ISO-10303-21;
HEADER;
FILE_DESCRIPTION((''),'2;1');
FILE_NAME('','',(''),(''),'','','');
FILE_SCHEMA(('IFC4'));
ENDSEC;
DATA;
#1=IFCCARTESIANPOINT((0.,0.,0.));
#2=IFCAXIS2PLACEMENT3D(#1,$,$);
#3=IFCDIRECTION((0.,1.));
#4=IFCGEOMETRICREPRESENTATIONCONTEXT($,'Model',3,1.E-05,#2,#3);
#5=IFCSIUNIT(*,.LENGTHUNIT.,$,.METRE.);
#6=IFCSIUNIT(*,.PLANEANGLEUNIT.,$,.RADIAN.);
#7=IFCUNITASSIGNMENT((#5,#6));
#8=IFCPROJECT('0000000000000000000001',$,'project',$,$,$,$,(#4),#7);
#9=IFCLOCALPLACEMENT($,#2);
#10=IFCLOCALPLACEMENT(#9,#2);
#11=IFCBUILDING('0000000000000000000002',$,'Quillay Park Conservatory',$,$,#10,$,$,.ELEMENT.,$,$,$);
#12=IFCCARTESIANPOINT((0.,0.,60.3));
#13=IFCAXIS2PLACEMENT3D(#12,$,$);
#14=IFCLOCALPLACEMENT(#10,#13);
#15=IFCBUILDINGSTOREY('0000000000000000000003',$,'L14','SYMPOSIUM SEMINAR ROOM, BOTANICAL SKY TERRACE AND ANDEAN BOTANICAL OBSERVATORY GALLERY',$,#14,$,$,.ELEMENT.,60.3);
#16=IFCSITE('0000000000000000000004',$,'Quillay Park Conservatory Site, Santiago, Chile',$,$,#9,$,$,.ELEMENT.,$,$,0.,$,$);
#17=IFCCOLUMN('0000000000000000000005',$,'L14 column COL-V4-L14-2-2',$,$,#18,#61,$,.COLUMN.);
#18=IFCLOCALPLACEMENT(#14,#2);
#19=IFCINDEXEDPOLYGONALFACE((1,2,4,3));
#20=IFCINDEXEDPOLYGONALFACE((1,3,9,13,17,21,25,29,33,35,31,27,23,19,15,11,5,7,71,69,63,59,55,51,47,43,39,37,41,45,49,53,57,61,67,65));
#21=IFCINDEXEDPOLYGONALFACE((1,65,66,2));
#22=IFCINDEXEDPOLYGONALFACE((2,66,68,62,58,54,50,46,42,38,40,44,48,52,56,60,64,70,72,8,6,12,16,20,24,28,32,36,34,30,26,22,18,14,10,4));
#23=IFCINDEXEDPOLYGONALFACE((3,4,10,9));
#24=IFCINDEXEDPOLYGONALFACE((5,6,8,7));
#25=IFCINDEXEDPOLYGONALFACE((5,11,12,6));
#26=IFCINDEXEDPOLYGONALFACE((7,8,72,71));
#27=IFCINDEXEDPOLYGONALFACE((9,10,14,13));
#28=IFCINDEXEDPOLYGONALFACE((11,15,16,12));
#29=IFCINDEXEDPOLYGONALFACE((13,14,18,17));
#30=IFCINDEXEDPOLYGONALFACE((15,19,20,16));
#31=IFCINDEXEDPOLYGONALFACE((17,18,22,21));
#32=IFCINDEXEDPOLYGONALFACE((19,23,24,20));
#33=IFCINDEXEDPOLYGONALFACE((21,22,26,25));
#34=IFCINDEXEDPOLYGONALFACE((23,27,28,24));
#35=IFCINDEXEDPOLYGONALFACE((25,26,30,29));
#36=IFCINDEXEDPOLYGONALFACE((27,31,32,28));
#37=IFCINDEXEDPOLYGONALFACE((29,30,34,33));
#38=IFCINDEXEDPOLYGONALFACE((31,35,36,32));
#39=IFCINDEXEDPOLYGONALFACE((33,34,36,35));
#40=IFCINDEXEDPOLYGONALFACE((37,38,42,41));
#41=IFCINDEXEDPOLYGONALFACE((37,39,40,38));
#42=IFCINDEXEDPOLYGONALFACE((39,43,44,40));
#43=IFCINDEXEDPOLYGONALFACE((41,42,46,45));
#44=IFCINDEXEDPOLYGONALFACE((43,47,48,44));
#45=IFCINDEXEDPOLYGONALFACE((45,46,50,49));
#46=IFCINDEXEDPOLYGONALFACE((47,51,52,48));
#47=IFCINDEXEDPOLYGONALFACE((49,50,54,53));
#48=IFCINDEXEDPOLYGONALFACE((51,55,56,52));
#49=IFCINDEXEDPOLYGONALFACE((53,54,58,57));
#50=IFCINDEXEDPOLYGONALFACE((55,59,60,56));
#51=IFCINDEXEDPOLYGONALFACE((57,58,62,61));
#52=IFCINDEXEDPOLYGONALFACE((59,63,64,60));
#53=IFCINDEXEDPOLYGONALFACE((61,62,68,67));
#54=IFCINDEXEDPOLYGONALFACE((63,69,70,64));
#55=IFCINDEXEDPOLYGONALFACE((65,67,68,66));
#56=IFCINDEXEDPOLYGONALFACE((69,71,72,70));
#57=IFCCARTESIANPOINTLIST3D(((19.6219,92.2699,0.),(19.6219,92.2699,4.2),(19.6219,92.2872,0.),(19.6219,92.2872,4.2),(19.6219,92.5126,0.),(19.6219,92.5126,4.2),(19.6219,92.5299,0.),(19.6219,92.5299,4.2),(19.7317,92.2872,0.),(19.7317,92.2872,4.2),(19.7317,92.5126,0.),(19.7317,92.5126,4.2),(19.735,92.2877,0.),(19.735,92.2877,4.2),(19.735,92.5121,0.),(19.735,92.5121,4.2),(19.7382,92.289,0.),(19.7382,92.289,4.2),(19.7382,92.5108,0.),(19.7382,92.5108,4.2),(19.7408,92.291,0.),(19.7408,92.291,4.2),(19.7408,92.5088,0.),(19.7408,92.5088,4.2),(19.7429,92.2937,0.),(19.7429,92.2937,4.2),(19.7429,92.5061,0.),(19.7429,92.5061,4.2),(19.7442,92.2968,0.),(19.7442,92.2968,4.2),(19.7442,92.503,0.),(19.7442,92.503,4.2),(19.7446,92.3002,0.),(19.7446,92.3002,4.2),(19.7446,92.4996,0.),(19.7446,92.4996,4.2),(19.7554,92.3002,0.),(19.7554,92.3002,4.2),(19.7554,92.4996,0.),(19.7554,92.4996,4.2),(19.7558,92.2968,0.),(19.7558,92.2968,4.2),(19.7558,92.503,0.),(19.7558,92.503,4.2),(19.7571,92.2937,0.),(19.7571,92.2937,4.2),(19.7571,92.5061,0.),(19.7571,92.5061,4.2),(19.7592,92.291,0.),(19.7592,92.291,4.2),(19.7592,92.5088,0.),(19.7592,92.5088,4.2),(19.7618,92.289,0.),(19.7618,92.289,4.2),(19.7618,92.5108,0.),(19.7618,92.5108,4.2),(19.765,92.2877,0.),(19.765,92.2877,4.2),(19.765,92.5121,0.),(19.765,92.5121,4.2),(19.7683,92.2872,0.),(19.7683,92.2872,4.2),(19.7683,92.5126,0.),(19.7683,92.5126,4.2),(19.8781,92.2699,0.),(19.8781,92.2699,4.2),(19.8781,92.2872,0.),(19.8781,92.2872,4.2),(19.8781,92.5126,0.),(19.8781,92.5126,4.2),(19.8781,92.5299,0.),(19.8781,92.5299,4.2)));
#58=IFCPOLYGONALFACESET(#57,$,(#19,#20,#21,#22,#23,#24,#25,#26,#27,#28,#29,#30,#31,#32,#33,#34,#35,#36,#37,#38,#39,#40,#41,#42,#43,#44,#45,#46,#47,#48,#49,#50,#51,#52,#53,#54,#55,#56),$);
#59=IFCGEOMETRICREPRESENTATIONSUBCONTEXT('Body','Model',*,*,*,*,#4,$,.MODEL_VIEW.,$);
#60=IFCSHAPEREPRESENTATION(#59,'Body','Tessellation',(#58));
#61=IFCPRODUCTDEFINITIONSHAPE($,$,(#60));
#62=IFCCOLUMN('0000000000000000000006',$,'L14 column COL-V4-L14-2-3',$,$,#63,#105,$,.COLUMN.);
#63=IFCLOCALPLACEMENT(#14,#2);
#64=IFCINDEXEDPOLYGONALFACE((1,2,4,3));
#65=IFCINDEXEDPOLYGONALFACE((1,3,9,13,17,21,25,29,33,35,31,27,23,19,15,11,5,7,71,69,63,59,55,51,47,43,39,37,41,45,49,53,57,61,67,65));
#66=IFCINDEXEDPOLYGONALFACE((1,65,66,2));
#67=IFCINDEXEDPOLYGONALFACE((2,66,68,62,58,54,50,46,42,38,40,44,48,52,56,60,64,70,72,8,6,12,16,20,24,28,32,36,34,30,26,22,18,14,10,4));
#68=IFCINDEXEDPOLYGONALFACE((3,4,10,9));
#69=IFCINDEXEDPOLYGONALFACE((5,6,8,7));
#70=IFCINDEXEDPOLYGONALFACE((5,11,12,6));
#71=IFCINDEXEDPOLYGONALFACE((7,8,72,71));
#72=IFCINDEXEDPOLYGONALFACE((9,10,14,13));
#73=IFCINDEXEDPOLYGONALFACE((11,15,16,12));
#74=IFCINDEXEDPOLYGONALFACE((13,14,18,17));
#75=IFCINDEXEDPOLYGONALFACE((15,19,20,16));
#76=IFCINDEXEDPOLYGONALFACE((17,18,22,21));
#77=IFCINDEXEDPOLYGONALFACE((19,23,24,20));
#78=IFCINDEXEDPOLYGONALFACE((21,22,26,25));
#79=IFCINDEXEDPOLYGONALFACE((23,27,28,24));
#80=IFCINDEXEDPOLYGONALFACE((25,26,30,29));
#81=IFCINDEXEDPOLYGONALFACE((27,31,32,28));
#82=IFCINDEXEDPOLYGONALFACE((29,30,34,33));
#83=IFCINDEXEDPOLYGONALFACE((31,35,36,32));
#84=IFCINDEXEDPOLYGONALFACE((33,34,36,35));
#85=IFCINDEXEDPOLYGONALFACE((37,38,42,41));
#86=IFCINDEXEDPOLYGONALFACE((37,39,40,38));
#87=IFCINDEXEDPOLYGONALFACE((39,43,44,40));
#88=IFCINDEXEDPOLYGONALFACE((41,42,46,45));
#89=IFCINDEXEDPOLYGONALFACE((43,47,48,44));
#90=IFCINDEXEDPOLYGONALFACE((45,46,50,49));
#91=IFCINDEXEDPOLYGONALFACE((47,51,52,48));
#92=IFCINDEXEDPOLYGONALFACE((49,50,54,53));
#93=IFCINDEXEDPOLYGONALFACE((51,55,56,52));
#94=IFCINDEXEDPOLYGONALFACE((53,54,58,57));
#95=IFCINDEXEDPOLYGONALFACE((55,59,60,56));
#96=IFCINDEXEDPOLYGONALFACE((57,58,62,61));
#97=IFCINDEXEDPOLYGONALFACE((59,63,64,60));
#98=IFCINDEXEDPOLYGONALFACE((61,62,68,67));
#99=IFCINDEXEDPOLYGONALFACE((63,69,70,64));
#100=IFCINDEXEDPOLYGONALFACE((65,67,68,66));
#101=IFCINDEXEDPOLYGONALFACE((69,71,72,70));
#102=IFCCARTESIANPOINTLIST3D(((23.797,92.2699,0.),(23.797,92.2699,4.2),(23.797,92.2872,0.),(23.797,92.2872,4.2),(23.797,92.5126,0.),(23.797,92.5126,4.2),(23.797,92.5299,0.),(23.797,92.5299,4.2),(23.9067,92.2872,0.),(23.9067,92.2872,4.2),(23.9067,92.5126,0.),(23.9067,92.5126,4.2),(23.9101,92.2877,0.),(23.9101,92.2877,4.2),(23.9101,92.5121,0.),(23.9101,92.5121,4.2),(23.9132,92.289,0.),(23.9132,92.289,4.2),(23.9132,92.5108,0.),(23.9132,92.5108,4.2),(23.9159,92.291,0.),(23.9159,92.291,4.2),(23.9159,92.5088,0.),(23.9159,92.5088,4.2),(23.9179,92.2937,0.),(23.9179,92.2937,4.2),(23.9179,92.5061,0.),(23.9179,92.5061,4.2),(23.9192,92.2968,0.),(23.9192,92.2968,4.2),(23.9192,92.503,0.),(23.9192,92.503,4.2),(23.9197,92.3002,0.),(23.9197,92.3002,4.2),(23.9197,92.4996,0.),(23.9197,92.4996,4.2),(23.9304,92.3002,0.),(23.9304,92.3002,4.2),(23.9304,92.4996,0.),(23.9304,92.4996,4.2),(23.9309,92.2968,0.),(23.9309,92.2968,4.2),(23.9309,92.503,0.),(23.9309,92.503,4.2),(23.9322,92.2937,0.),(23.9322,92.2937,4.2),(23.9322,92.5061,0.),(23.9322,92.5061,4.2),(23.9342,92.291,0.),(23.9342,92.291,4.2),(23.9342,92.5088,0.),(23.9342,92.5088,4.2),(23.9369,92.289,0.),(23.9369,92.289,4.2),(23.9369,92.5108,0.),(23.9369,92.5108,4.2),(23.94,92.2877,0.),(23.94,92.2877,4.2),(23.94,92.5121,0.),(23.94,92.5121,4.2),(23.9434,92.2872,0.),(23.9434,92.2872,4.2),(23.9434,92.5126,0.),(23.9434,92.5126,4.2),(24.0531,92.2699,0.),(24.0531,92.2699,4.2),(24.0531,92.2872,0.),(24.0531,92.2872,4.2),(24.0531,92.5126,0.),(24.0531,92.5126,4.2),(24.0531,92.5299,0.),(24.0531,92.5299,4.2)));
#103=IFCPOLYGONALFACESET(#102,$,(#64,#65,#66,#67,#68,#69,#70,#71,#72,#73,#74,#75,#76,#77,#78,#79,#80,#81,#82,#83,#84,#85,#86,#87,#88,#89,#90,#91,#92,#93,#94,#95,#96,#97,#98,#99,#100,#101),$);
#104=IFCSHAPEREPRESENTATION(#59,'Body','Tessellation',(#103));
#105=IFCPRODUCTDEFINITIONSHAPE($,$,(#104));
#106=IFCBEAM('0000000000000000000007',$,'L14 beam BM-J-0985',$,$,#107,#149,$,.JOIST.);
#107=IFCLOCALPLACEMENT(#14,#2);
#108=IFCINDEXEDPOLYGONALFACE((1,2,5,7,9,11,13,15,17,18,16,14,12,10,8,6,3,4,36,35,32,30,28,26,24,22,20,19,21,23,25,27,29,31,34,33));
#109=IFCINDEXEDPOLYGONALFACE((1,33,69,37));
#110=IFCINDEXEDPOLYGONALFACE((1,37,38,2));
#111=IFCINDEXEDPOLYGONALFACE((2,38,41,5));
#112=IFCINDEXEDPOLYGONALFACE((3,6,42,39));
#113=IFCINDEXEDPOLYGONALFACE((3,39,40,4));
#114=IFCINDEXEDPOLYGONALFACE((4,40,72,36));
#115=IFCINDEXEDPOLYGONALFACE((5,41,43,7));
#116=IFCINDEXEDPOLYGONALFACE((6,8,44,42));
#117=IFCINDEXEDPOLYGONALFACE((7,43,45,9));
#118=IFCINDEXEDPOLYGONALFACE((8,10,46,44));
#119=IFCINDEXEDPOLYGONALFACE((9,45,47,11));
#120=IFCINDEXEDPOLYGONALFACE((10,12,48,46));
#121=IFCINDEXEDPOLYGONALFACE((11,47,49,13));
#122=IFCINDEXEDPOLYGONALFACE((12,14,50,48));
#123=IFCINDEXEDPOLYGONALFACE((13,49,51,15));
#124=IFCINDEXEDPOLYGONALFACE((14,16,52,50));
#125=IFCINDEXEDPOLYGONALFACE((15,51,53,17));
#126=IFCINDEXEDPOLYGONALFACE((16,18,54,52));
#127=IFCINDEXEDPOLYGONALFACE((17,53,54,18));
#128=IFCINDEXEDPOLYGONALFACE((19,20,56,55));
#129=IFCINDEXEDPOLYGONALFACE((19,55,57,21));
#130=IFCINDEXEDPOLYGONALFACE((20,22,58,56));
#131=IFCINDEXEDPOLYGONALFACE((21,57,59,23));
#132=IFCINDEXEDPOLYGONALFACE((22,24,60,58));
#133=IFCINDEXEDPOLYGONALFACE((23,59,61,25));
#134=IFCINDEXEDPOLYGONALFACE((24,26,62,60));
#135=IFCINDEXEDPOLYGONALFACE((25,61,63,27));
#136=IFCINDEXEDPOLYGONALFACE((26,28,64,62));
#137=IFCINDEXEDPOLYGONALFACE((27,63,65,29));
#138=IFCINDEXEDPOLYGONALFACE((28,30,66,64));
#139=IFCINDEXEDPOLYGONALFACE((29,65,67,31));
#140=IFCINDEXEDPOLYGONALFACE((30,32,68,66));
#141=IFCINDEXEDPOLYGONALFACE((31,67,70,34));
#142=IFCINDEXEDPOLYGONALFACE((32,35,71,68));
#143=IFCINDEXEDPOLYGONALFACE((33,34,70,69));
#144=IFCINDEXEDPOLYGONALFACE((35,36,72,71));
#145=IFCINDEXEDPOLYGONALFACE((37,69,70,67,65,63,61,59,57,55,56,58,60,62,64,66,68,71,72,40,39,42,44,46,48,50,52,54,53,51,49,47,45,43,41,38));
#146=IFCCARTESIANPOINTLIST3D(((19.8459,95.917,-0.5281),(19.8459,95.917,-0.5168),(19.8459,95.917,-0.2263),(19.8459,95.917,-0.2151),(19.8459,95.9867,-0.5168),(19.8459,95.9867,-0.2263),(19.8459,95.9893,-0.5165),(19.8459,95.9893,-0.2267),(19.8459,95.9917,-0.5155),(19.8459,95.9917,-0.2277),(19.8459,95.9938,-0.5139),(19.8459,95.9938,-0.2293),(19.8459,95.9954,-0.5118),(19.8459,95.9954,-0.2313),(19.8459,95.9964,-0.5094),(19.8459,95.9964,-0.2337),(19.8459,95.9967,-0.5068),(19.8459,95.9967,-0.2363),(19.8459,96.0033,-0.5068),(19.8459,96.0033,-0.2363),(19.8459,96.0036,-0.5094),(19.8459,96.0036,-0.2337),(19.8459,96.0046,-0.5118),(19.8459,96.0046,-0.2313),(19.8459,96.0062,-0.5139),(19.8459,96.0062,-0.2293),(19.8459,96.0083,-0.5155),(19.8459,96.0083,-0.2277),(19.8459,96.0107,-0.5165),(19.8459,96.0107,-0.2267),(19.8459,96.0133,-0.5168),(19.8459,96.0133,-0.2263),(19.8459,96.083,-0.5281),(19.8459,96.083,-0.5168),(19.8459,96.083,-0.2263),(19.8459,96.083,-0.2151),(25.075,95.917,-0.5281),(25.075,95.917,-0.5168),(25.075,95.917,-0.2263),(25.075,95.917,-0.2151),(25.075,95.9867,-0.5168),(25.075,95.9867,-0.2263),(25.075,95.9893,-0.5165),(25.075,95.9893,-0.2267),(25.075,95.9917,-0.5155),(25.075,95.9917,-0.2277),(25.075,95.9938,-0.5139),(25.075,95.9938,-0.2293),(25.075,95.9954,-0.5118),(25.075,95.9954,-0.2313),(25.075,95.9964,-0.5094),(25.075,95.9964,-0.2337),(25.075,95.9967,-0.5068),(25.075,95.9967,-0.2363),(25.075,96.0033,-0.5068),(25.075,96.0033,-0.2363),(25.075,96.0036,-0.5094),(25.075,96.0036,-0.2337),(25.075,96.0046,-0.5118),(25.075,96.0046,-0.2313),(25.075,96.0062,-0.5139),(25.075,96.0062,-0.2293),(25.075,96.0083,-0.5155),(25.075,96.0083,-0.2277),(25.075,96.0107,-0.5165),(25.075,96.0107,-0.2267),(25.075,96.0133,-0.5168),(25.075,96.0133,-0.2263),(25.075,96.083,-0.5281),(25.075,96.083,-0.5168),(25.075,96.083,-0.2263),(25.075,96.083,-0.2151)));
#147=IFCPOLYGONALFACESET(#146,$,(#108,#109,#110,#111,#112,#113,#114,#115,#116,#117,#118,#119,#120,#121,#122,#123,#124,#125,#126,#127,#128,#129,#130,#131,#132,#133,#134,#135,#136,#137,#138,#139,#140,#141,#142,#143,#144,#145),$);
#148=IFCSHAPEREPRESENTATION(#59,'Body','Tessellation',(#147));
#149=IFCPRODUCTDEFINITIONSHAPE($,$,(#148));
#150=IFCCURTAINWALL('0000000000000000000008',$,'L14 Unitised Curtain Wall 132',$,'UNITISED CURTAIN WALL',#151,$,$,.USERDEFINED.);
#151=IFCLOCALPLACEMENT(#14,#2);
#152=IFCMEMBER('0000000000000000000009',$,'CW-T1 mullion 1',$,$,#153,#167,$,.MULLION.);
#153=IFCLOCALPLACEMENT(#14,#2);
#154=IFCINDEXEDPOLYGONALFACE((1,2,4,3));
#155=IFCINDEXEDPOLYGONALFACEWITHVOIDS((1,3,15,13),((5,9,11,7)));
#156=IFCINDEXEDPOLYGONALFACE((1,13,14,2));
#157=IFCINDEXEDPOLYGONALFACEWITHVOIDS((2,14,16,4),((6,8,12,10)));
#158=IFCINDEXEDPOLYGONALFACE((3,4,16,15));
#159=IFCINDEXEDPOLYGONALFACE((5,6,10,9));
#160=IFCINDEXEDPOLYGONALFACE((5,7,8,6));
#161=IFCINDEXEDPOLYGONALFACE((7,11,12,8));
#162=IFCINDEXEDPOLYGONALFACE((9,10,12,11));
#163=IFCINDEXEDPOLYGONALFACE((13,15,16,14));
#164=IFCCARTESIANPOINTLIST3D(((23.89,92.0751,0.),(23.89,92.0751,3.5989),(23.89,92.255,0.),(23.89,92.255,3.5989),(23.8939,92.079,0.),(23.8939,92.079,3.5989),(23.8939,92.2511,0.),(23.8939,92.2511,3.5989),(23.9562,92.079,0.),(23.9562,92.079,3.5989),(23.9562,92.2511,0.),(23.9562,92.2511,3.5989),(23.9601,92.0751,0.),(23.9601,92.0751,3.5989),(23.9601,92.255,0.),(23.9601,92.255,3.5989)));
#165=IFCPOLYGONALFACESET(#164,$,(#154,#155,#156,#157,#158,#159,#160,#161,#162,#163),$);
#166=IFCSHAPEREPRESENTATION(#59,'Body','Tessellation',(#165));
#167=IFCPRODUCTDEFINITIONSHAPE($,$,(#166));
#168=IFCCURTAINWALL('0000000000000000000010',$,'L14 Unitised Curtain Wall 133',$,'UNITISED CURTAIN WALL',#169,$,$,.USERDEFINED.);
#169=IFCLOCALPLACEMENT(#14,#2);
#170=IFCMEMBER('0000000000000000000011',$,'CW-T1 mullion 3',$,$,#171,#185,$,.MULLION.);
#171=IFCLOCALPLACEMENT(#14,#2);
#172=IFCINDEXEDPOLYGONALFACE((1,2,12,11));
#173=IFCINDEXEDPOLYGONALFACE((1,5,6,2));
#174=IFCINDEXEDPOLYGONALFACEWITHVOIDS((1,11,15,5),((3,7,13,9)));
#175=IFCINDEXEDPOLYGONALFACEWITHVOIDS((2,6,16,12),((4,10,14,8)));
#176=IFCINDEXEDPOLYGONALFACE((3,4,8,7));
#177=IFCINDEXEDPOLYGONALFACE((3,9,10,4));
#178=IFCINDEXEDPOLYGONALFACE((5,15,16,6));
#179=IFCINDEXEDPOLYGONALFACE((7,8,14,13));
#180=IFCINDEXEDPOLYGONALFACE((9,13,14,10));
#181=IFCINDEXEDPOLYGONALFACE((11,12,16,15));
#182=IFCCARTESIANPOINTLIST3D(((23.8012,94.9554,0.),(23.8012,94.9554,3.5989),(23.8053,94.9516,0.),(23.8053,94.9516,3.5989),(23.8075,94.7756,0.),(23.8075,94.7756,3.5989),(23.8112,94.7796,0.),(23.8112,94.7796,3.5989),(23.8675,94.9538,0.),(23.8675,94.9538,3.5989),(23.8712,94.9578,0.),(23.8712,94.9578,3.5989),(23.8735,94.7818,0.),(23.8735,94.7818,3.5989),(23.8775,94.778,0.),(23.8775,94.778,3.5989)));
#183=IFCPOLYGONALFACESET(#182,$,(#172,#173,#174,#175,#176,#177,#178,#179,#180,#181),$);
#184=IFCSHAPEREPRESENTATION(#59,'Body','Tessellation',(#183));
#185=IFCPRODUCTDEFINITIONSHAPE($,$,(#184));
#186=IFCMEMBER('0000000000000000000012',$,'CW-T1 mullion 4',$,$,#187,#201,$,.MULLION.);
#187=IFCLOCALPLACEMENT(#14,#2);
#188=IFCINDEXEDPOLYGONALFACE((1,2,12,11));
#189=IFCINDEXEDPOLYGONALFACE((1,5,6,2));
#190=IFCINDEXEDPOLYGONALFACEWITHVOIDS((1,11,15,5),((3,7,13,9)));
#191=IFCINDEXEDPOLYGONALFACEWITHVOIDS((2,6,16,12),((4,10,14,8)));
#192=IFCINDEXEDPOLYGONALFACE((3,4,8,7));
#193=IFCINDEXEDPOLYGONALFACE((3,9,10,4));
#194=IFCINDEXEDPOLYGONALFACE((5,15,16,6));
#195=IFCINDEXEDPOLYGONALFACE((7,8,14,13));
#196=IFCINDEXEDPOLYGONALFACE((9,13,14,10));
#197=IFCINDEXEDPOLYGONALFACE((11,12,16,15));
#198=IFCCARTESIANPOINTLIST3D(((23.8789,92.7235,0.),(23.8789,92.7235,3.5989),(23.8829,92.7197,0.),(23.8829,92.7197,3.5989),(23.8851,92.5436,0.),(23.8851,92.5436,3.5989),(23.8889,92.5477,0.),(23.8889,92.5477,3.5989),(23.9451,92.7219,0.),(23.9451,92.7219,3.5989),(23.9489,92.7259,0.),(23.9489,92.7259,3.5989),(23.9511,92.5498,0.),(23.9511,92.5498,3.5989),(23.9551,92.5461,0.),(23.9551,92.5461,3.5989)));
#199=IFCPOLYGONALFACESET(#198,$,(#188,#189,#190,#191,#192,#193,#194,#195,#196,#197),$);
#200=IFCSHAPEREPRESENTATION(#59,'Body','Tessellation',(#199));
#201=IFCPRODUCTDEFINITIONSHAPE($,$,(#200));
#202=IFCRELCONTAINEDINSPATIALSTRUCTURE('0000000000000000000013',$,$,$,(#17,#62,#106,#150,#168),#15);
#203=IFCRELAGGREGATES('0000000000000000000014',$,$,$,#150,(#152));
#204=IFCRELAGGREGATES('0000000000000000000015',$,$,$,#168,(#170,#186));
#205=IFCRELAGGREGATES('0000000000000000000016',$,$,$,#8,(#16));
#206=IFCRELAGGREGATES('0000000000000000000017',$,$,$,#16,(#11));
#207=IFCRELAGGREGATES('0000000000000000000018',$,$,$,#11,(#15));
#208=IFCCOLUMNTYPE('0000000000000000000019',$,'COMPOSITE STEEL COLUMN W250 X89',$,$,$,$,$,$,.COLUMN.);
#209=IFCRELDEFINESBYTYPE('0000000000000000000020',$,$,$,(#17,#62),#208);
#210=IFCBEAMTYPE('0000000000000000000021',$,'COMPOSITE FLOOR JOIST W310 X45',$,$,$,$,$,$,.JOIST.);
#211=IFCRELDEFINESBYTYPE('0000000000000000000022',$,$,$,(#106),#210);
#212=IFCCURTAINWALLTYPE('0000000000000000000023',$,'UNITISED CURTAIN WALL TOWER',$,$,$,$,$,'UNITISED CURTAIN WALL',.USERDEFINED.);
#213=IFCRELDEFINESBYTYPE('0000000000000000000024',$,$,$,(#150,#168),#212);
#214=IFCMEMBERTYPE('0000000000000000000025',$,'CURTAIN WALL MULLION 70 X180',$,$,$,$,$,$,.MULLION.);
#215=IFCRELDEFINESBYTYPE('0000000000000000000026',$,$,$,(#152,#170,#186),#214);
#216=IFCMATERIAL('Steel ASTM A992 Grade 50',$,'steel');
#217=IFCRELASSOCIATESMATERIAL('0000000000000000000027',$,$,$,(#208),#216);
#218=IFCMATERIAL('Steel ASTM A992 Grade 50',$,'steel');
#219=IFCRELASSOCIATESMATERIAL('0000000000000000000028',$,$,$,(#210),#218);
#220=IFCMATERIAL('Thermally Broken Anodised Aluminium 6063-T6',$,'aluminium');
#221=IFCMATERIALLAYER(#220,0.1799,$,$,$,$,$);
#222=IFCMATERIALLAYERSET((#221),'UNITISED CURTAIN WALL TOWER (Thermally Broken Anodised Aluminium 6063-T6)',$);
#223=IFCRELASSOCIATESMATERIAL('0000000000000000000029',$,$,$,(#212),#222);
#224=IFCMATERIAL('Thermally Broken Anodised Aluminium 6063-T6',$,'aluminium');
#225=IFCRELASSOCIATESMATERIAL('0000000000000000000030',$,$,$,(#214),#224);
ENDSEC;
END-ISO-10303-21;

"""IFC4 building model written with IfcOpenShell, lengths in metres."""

from ifc_helpers import new_model, si_unit, direction, frame, origin, origin_2d, place, context, subcontext, project, spatial, hollow_rectangle, i_section, extrude, material, layer, layer_set, material_profile, profile_set, type_object, element, aggregate, save


model = new_model("IFC4")

# Units and contexts
model_context = context("Model", 3, precision=1e-05, world=origin(), true_north=direction((0.0, 1.0)))
body_context = subcontext(model_context, "Body", "Model", "MODEL_VIEW")
ifc_project = project(units=[si_unit("LENGTHUNIT", "METRE"), si_unit("PLANEANGLEUNIT", "RADIAN")], contexts=[model_context])

# Site, building, storey
site_placement = place(None, origin())
site = spatial("IfcSite", under=ifc_project, at=site_placement, Name="Quillay Park Conservatory Site, Santiago, Chile", CompositionType="ELEMENT", RefElevation=0.0)
building_placement = place(site_placement, origin())
building = spatial("IfcBuilding", under=site, at=building_placement, Name="Quillay Park Conservatory", CompositionType="ELEMENT")
storey_placement = place(building_placement, frame((0.0, 0.0, 60.3)))
storey = spatial("IfcBuildingStorey", under=building, at=storey_placement, Name="L14", Description="SYMPOSIUM SEMINAR ROOM, BOTANICAL SKY TERRACE AND ANDEAN BOTANICAL OBSERVATORY GALLERY", CompositionType="ELEMENT", Elevation=60.3)

# Columns
ifc_material_1 = material(Name="Steel ASTM A992 Grade 50", Category="steel")
ifc_material_profile_1 = material_profile(ifc_material_1, i_section(OverallWidth=0.2561, OverallDepth=0.26, WebThickness=0.0107, FlangeThickness=0.0173, FilletRadius=0.0129, at=origin_2d()), Name="W250x89")
ifc_profile_set_1 = profile_set([ifc_material_profile_1], Name="Steel ASTM A992 Grade 50")
column_type = type_object("IfcColumnType", Name="COMPOSITE STEEL COLUMN W250 X89", PredefinedType="COLUMN", material=ifc_profile_set_1)
for number, where, z_axis, x_axis, name in (
    (1, (19.75, 92.3999, 0.0), (0.0, 0.0, 1.0), (1.0, 0.0, 0.0), "L14 column COL-V4-L14-2-2"),
    (2, (23.925, 92.3999, 0.0), (0.0, 0.0, 1.0), (1.0, 0.0, 0.0), "L14 column COL-V4-L14-2-3"),
):
    element("IfcColumn", number, at=place(storey_placement, frame(where, z_axis=z_axis, x_axis=x_axis)), inside=storey, type_object=column_type, Name=name, PredefinedType="COLUMN", context=body_context, shape_type="SweptSolid", body=[
        extrude(i_section(OverallWidth=0.2561, OverallDepth=0.26, WebThickness=0.0107, FlangeThickness=0.0173, FilletRadius=0.0129, at=origin_2d()), origin(), (0.0, 0.0, 1.0), 4.2),
    ])

# Beam
ifc_material_2 = material(Name="Steel ASTM A992 Grade 50", Category="steel")
ifc_material_profile_2 = material_profile(ifc_material_2, i_section(OverallWidth=0.166, OverallDepth=0.313, WebThickness=0.0066, FlangeThickness=0.0112, FilletRadius=0.01, at=origin_2d()), Name="W310x45")
ifc_profile_set_2 = profile_set([ifc_material_profile_2], Name="Steel ASTM A992 Grade 50")
beam_type_1 = type_object("IfcBeamType", Name="COMPOSITE FLOOR JOIST W310 X45", PredefinedType="JOIST", material=ifc_profile_set_2)
beam_1_placement = place(storey_placement, frame((19.8459, 96.0, -0.3716), z_axis=(1.0, 0.0, 0.0), x_axis=(0.0, 1.0, 0.0)))
element("IfcBeam", 3, at=beam_1_placement, inside=storey, type_object=beam_type_1, Name="L14 beam BM-J-0985", PredefinedType="JOIST", context=body_context, shape_type="SweptSolid", body=[
    extrude(i_section(OverallWidth=0.166, OverallDepth=0.313, WebThickness=0.0066, FlangeThickness=0.0112, FilletRadius=0.01, at=origin_2d()), origin(), (0.0, 0.0, 1.0), 5.229),
])

# Curtain wall, member
ifc_material_3 = material(Name="Thermally Broken Anodised Aluminium 6063-T6", Category="aluminium")
ifc_layer_1 = layer(ifc_material_3, 0.1799)
ifc_layer_set_1 = layer_set([ifc_layer_1], Name="UNITISED CURTAIN WALL TOWER (Thermally Broken Anodised Aluminium 6063-T6)")
curtain_wall_type = type_object("IfcCurtainWallType", Name="UNITISED CURTAIN WALL TOWER", ElementType="UNITISED CURTAIN WALL", PredefinedType="USERDEFINED", material=ifc_layer_set_1)
curtain_wall_1_placement = place(storey_placement, origin())
curtain_wall_1 = element("IfcCurtainWall", 4, at=curtain_wall_1_placement, inside=storey, type_object=curtain_wall_type, Name="L14 Unitised Curtain Wall 132", ObjectType="UNITISED CURTAIN WALL", PredefinedType="USERDEFINED")
ifc_material_4 = material(Name="Thermally Broken Anodised Aluminium 6063-T6", Category="aluminium")
ifc_material_profile_3 = material_profile(ifc_material_4, hollow_rectangle(XDim=0.0701, YDim=0.1799, WallThickness=0.0039, at=origin_2d()), Name="AL70x180x4")
ifc_profile_set_3 = profile_set([ifc_material_profile_3], Name="Thermally Broken Anodised Aluminium 6063-T6")
member_type_1 = type_object("IfcMemberType", Name="CURTAIN WALL MULLION 70 X180", PredefinedType="MULLION", material=ifc_profile_set_3)
member_1_placement = place(storey_placement, frame((23.925, 92.165, 0.0), z_axis=(0.0, 0.0, 1.0), x_axis=(1.0, 0.0, 0.0)))
member_1 = element("IfcMember", 5, at=member_1_placement, type_object=member_type_1, Name="CW-T1 mullion 1", PredefinedType="MULLION", context=body_context, shape_type="SweptSolid", body=[
    extrude(hollow_rectangle(XDim=0.0701, YDim=0.1799, WallThickness=0.0039, at=origin_2d()), origin(), (0.0, 0.0, 1.0), 3.5989),
])

# Curtain wall, members
curtain_wall_2_placement = place(storey_placement, origin())
curtain_wall_2 = element("IfcCurtainWall", 6, at=curtain_wall_2_placement, inside=storey, type_object=curtain_wall_type, Name="L14 Unitised Curtain Wall 133", ObjectType="UNITISED CURTAIN WALL", PredefinedType="USERDEFINED")
member_2_placement = place(storey_placement, frame((23.8394, 94.8667, 0.0), z_axis=(0.0, 0.0, 1.0), x_axis=(0.999397, 0.034713, 0.0)))
member_2 = element("IfcMember", 7, at=member_2_placement, type_object=member_type_1, Name="CW-T1 mullion 3", PredefinedType="MULLION", context=body_context, shape_type="SweptSolid", body=[
    extrude(hollow_rectangle(XDim=0.0701, YDim=0.1799, WallThickness=0.0039, at=origin_2d()), origin(), (0.0, 0.0, 1.0), 3.5989),
])
member_3_placement = place(storey_placement, frame((23.917, 92.6348, 0.0), z_axis=(0.0, 0.0, 1.0), x_axis=(0.999397, 0.034713, 0.0)))
member_3 = element("IfcMember", 8, at=member_3_placement, type_object=member_type_1, Name="CW-T1 mullion 4", PredefinedType="MULLION", context=body_context, shape_type="SweptSolid", body=[
    extrude(hollow_rectangle(XDim=0.0701, YDim=0.1799, WallThickness=0.0039, at=origin_2d()), origin(), (0.0, 0.0, 1.0), 3.5989),
])

aggregate(curtain_wall_1, [member_1])
aggregate(curtain_wall_2, [member_2, member_3])

save(model, "model.ifc")
